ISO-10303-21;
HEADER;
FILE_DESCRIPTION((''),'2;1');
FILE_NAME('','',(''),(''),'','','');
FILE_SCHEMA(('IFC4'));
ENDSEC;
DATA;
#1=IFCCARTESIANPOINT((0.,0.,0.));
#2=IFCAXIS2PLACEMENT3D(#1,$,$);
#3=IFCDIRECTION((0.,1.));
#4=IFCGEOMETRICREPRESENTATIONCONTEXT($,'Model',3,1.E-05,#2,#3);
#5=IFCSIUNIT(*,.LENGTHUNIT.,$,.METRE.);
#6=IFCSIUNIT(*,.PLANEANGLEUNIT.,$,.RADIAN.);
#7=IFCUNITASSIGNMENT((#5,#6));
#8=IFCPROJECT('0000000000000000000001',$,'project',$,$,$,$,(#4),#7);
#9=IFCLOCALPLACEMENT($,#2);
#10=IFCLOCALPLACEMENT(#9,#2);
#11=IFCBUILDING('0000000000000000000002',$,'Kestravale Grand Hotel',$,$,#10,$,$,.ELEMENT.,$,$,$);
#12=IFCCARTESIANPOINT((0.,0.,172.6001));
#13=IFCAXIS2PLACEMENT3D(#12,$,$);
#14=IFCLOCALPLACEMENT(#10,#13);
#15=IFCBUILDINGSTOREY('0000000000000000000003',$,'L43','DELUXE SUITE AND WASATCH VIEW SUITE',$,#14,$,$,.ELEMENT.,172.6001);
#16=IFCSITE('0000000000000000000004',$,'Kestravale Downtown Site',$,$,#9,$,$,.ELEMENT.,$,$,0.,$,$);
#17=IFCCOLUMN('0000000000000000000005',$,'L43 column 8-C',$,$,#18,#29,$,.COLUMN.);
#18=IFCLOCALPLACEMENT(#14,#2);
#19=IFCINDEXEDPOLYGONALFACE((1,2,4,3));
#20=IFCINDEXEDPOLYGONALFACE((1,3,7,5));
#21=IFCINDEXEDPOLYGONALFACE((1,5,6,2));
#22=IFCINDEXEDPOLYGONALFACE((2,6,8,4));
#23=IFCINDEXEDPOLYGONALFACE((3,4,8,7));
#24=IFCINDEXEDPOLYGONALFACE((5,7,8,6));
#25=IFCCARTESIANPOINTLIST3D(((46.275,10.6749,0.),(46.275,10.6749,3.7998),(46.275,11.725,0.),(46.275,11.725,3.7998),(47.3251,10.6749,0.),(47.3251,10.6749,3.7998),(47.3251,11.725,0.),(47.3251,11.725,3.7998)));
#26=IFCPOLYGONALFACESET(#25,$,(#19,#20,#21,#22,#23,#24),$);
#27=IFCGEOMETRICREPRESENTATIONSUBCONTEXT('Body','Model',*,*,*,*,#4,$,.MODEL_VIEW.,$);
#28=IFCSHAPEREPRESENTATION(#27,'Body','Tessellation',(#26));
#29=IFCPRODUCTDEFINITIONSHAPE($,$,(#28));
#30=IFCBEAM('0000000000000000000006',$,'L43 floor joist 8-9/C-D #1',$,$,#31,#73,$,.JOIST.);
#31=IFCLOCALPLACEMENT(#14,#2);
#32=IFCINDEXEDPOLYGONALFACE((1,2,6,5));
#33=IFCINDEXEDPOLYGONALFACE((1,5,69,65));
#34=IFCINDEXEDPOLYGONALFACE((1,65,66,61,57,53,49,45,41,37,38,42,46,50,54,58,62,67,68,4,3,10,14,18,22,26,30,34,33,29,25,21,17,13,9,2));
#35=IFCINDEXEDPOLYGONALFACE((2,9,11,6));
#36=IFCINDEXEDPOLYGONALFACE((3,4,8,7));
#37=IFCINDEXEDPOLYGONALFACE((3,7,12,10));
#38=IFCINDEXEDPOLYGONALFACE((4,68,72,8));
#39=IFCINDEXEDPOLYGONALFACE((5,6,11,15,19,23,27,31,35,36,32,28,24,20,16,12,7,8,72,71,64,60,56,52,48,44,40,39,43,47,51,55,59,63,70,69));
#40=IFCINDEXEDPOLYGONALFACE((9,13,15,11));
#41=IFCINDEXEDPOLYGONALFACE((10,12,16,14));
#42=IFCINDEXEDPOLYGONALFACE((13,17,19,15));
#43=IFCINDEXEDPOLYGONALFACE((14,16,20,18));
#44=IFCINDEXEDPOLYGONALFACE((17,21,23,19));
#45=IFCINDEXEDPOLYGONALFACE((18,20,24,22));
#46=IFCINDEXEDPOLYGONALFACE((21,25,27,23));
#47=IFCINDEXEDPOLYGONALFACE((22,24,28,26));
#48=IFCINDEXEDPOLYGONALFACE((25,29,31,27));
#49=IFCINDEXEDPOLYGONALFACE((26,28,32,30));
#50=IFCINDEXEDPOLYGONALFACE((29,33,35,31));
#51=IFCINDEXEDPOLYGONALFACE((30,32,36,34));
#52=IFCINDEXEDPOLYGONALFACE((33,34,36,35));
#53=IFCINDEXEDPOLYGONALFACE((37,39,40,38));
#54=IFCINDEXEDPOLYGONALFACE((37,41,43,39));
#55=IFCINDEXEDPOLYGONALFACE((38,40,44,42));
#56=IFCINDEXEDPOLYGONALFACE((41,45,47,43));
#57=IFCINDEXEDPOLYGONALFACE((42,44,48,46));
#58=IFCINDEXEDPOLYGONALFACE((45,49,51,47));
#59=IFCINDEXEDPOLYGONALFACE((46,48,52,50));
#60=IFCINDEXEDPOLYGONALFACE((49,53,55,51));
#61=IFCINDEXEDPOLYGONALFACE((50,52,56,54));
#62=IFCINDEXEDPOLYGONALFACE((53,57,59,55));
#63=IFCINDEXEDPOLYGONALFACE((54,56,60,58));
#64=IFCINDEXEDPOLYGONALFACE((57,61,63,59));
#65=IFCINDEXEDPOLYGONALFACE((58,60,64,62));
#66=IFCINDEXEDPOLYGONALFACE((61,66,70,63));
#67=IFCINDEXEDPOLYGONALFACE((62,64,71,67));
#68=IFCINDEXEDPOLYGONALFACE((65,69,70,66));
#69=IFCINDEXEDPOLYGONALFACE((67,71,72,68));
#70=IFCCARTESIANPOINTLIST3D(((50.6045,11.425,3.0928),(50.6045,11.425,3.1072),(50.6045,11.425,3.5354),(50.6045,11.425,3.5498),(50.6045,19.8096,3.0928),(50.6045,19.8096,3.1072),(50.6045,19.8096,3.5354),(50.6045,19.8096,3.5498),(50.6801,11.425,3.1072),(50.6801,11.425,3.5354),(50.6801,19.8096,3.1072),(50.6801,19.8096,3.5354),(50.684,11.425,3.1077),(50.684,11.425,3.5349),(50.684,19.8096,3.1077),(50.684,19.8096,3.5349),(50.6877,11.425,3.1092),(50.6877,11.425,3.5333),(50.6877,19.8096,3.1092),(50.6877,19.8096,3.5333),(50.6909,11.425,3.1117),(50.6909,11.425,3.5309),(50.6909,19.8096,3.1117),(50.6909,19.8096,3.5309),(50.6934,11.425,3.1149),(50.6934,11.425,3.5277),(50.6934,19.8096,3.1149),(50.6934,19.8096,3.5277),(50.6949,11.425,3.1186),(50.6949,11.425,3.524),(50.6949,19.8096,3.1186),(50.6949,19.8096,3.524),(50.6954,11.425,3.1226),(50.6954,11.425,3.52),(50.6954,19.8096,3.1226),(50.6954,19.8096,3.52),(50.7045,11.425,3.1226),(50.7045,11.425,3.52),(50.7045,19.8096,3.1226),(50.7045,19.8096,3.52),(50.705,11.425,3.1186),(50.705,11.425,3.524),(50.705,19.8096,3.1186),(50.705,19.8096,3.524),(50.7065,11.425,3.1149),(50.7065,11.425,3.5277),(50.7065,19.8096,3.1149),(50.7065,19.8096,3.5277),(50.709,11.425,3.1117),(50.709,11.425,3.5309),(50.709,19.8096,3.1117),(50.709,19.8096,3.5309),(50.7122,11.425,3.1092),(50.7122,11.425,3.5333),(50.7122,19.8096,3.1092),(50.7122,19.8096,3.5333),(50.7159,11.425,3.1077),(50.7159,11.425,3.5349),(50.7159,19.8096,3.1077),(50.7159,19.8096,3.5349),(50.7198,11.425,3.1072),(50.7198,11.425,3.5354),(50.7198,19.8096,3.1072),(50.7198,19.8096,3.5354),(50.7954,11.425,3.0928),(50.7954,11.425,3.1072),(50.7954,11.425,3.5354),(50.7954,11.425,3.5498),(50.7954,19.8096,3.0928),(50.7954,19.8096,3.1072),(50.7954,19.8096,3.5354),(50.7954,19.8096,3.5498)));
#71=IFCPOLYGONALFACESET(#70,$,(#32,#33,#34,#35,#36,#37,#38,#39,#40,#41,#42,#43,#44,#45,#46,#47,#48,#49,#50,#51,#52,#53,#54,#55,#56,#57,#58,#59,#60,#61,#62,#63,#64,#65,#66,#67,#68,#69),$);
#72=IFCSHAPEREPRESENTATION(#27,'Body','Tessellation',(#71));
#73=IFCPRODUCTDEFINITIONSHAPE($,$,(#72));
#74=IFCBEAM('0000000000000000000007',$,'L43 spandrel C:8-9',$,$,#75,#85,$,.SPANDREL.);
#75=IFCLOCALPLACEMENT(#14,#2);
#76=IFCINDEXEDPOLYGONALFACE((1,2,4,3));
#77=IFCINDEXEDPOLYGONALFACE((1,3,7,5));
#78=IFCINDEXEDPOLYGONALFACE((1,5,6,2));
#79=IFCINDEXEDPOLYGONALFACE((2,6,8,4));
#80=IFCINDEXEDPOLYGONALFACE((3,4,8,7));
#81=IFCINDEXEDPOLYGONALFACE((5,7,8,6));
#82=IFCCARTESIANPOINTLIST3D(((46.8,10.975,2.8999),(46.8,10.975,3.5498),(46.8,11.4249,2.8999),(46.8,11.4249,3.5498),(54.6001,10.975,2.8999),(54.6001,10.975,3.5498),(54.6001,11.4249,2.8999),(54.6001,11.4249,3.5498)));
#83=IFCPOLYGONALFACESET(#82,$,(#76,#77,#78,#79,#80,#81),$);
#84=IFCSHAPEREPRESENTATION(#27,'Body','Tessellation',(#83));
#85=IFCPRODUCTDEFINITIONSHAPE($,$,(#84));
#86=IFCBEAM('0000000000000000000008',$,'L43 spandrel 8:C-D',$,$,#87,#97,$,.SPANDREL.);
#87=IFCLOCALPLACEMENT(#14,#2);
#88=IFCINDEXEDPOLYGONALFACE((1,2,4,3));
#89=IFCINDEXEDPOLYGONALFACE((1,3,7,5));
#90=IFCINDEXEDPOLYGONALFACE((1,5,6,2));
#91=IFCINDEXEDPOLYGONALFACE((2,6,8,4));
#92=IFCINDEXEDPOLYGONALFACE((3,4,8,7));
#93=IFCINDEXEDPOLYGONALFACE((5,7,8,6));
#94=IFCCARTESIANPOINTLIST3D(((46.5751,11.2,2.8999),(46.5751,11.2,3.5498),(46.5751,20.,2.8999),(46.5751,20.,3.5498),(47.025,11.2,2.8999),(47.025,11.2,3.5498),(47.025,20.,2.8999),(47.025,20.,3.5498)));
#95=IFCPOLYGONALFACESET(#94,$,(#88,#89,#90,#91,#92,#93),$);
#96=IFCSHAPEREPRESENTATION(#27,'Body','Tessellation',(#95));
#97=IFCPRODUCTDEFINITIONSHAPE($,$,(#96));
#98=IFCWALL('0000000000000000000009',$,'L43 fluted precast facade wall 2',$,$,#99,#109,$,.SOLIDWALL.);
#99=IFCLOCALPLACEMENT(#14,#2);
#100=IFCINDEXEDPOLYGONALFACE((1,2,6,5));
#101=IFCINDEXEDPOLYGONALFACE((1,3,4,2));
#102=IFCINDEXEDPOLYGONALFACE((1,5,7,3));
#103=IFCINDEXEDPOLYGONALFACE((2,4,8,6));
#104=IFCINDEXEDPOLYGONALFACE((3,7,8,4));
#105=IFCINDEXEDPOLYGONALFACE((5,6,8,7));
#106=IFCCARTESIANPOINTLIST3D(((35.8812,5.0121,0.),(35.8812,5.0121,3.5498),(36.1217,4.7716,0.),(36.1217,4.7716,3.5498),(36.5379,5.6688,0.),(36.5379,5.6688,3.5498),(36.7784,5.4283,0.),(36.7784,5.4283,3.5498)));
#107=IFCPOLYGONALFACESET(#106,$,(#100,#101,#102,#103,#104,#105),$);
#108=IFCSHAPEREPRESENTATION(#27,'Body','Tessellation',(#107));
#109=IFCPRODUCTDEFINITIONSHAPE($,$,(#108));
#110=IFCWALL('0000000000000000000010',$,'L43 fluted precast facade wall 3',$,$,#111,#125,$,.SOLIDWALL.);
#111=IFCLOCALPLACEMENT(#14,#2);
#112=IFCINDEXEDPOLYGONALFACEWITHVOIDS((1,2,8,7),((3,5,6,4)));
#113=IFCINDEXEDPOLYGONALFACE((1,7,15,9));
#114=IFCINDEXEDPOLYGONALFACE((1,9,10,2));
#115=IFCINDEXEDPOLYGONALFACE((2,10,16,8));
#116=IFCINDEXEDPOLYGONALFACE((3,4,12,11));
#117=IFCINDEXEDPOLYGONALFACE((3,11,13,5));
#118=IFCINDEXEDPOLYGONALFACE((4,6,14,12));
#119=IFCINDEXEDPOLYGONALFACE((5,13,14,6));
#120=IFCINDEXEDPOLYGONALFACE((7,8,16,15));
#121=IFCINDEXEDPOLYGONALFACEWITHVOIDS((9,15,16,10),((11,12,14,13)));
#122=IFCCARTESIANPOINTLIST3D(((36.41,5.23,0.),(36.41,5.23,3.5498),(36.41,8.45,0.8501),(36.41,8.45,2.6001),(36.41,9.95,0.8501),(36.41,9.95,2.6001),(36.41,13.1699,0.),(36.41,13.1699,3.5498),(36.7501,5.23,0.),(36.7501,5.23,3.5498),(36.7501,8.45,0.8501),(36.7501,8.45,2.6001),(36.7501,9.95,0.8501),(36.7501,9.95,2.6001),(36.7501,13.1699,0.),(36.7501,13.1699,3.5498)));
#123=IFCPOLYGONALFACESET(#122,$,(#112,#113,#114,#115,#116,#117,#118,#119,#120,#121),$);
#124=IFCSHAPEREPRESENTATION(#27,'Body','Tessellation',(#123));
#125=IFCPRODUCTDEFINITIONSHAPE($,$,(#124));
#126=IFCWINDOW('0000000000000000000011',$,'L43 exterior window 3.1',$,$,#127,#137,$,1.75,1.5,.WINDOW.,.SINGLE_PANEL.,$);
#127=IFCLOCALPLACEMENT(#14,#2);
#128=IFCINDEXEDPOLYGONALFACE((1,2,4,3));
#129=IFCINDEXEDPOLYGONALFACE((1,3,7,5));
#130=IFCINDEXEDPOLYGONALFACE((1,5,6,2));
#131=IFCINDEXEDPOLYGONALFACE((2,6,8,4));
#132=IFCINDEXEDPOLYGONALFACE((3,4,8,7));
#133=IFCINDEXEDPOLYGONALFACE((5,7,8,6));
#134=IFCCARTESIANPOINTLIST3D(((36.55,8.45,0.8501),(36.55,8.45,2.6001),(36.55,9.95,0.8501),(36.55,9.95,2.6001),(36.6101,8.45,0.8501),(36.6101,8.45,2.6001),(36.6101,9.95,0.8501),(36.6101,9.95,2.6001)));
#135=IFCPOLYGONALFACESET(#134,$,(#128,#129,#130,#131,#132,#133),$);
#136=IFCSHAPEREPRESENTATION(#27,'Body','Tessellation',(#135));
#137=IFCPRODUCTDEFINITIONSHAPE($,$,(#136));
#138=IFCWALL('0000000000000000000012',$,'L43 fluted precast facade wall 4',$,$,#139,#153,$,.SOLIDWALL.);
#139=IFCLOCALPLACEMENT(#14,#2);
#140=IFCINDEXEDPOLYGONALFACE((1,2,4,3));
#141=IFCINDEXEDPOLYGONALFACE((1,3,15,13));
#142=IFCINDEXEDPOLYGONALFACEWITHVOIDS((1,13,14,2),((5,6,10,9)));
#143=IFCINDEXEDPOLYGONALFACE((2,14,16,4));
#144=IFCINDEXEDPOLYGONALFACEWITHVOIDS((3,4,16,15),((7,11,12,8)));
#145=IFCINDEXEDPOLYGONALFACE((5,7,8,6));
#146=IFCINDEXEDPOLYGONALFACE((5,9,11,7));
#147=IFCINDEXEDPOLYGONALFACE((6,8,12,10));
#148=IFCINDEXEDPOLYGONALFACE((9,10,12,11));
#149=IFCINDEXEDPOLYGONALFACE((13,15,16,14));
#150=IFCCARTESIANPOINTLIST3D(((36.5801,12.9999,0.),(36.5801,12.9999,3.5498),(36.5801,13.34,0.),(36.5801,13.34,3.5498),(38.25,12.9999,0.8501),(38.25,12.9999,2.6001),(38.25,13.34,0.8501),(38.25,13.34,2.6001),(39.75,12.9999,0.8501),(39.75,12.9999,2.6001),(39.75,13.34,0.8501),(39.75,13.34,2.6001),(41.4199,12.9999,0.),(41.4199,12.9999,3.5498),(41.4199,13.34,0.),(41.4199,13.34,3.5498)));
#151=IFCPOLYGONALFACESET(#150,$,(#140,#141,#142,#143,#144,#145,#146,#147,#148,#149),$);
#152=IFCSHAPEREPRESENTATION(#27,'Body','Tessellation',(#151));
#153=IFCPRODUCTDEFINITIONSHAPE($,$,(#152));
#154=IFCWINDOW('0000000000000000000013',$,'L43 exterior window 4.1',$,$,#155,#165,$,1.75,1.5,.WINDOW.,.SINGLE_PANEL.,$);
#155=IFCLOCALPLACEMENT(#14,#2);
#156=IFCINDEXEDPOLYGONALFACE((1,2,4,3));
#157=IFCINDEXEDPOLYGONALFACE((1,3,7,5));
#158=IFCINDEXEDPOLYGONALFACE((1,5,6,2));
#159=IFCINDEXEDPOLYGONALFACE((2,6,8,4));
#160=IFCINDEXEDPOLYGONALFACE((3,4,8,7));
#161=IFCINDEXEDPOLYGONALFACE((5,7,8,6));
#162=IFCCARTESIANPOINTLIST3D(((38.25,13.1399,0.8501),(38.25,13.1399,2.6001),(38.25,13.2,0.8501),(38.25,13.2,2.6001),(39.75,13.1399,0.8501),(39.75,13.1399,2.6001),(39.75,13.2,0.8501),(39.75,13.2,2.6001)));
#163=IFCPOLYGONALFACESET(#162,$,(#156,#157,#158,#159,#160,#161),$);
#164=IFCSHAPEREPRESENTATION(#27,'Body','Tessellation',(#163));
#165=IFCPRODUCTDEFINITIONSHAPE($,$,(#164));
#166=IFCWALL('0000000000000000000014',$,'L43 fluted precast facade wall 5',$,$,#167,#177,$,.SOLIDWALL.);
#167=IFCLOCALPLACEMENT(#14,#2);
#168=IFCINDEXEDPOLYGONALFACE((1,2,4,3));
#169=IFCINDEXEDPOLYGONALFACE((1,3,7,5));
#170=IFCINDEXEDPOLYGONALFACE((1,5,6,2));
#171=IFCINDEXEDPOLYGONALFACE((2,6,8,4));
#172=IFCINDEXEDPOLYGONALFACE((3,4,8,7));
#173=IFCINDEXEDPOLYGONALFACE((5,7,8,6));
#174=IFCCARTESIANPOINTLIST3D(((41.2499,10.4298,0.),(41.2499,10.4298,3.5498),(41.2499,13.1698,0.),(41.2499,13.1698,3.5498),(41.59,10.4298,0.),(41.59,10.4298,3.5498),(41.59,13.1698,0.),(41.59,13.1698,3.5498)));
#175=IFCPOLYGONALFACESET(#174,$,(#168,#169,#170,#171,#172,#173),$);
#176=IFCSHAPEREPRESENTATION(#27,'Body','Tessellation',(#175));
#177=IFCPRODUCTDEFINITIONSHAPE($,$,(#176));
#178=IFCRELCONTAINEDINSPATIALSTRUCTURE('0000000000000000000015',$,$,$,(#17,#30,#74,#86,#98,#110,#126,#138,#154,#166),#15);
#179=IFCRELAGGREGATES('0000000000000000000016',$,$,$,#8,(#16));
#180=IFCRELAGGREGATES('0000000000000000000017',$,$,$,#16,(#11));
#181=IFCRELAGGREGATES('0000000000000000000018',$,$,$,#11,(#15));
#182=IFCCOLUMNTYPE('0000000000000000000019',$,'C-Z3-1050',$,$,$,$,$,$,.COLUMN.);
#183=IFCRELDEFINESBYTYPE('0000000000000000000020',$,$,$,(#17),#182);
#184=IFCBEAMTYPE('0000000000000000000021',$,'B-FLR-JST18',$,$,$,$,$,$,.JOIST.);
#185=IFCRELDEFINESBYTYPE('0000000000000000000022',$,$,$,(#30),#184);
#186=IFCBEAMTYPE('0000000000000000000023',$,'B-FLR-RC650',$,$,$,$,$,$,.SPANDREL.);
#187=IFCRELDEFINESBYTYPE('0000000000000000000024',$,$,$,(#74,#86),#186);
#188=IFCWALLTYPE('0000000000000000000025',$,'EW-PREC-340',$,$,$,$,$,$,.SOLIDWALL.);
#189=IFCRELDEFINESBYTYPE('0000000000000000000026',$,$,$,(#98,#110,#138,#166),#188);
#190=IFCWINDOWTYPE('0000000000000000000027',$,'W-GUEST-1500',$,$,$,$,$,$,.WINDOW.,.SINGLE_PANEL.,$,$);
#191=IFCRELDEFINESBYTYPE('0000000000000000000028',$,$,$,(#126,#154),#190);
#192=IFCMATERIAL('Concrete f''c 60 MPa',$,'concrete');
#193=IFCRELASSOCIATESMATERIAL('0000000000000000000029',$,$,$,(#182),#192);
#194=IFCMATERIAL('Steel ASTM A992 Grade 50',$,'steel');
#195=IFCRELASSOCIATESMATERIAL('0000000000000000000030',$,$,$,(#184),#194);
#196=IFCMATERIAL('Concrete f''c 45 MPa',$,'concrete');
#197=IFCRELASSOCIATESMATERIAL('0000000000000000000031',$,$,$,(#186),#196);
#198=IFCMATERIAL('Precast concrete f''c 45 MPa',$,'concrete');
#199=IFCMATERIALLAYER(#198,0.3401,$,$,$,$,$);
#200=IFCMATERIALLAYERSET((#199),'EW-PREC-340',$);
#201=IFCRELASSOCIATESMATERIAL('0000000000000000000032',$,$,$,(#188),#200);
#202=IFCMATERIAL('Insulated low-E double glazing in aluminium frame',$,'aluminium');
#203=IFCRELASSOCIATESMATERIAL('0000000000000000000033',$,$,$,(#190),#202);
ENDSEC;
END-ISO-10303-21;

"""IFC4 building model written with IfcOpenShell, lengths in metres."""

from ifc_helpers import new_model, si_unit, direction, frame, frame_2d, origin, origin_2d, place, context, subcontext, project, spatial, rectangle, i_section, extrude, material, layer, layer_set, material_profile, profile_set, type_object, element, fill, save


model = new_model("IFC4")

# Units and contexts
model_context = context("Model", 3, precision=1e-05, world=origin(), true_north=direction((0.0, 1.0)))
body_context = subcontext(model_context, "Body", "Model", "MODEL_VIEW")
ifc_project = project(units=[si_unit("LENGTHUNIT", "METRE"), si_unit("PLANEANGLEUNIT", "RADIAN")], contexts=[model_context])

# Site, building, storey
site_placement = place(None, origin())
site = spatial("IfcSite", under=ifc_project, at=site_placement, Name="Kestravale Downtown Site", CompositionType="ELEMENT", RefElevation=0.0)
building_placement = place(site_placement, origin())
building = spatial("IfcBuilding", under=site, at=building_placement, Name="Kestravale Grand Hotel", CompositionType="ELEMENT")
storey_placement = place(building_placement, frame((0.0, 0.0, 172.6001)))
storey = spatial("IfcBuildingStorey", under=building, at=storey_placement, Name="L43", Description="DELUXE SUITE AND WASATCH VIEW SUITE", CompositionType="ELEMENT", Elevation=172.6001)

# Column
ifc_material_1 = material(Name="Concrete f'c 60 MPa", Category="concrete")
ifc_material_profile_1 = material_profile(ifc_material_1, rectangle(XDim=1.05, YDim=1.05, at=origin_2d()))
ifc_profile_set_1 = profile_set([ifc_material_profile_1], Name="Concrete f'c 60 MPa")
column_type = type_object("IfcColumnType", Name="C-Z3-1050", PredefinedType="COLUMN", material=ifc_profile_set_1)
column_placement = place(storey_placement, frame((46.8, 11.2, 0.0), z_axis=(0.0, 0.0, 1.0), x_axis=(1.0, 0.0, 0.0)))
element("IfcColumn", 1, at=column_placement, inside=storey, type_object=column_type, Name="L43 column 8-C", PredefinedType="COLUMN", context=body_context, shape_type="SweptSolid", body=[
    extrude(rectangle(XDim=1.05, YDim=1.05, at=origin_2d()), origin(), (0.0, 0.0, 1.0), 3.7998),
])

# Beams
ifc_material_2 = material(Name="Steel ASTM A992 Grade 50", Category="steel")
ifc_material_profile_2 = material_profile(ifc_material_2, i_section(OverallWidth=0.1909, OverallDepth=0.457, WebThickness=0.009, FlangeThickness=0.0144, FilletRadius=0.0154, at=origin_2d()))
ifc_profile_set_2 = profile_set([ifc_material_profile_2], Name="Steel ASTM A992 Grade 50")
beam_type_1 = type_object("IfcBeamType", Name="B-FLR-JST18", PredefinedType="JOIST", material=ifc_profile_set_2)
beam_1_placement = place(storey_placement, frame((50.7, 11.425, 3.3213), z_axis=(0.0, 1.0, 0.0), x_axis=(-1.0, 0.0, 0.0)))
element("IfcBeam", 2, at=beam_1_placement, inside=storey, type_object=beam_type_1, Name="L43 floor joist 8-9/C-D #1", PredefinedType="JOIST", context=body_context, shape_type="SweptSolid", body=[
    extrude(i_section(OverallWidth=0.1909, OverallDepth=0.457, WebThickness=0.009, FlangeThickness=0.0144, FilletRadius=0.0154, at=origin_2d()), origin(), (0.0, 0.0, 1.0), 8.3845),
])
ifc_material_3 = material(Name="Concrete f'c 45 MPa", Category="concrete")
ifc_material_profile_3 = material_profile(ifc_material_3, rectangle(XDim=0.45, YDim=0.6499, at=origin_2d()))
ifc_profile_set_3 = profile_set([ifc_material_profile_3], Name="Concrete f'c 45 MPa")
beam_type_2 = type_object("IfcBeamType", Name="B-FLR-RC650", PredefinedType="SPANDREL", material=ifc_profile_set_3)
beam_2_placement = place(storey_placement, frame((46.8, 11.2, 3.2249), z_axis=(1.0, 0.0, 0.0), x_axis=(0.0, 1.0, 0.0)))
element("IfcBeam", 3, at=beam_2_placement, inside=storey, type_object=beam_type_2, Name="L43 spandrel C:8-9", PredefinedType="SPANDREL", context=body_context, shape_type="SweptSolid", body=[
    extrude(rectangle(XDim=0.45, YDim=0.6499, at=origin_2d()), origin(), (0.0, 0.0, 1.0), 7.8),
])
beam_3_placement = place(storey_placement, frame((46.8, 11.2, 3.2249), z_axis=(0.0, 1.0, 0.0), x_axis=(-1.0, 0.0, 0.0)))
element("IfcBeam", 4, at=beam_3_placement, inside=storey, type_object=beam_type_2, Name="L43 spandrel 8:C-D", PredefinedType="SPANDREL", context=body_context, shape_type="SweptSolid", body=[
    extrude(rectangle(XDim=0.45, YDim=0.6499, at=origin_2d()), origin(), (0.0, 0.0, 1.0), 8.8),
])

# Wall
ifc_material_4 = material(Name="Precast concrete f'c 45 MPa", Category="concrete")
ifc_layer_1 = layer(ifc_material_4, 0.3401)
ifc_layer_set_1 = layer_set([ifc_layer_1], Name="EW-PREC-340")
wall_type_1 = type_object("IfcWallType", Name="EW-PREC-340", PredefinedType="SOLIDWALL", material=ifc_layer_set_1)
wall_1_placement = place(storey_placement, frame((36.0015, 4.8918, 0.0), z_axis=(0.0, 0.0, 1.0), x_axis=(0.707107, 0.707107, 0.0)))
element("IfcWall", 5, at=wall_1_placement, inside=storey, type_object=wall_type_1, Name="L43 fluted precast facade wall 2", PredefinedType="SOLIDWALL", context=body_context, shape_type="SweptSolid", body=[
    extrude(rectangle(XDim=0.9287, YDim=0.3401, at=frame_2d((0.4644, 0.0))), origin(), (0.0, 0.0, 1.0), 3.5498),
])

# Walls, openings, windows
wall_2_placement = place(storey_placement, frame((36.5801, 5.23, 0.0), z_axis=(0.0, 0.0, 1.0), x_axis=(0.0, 1.0, 0.0)))
wall_2 = element("IfcWall", 6, at=wall_2_placement, inside=storey, type_object=wall_type_1, Name="L43 fluted precast facade wall 3", PredefinedType="SOLIDWALL", context=body_context, shape_type="SweptSolid", body=[
    extrude(rectangle(XDim=7.9399, YDim=0.3401, at=frame_2d((3.97, 0.0))), origin(), (0.0, 0.0, 1.0), 3.5498),
])
opening_1_placement = place(wall_2_placement, frame((3.22, 0.0, 0.8501)))
opening_1 = element("IfcOpeningElement", 7, at=opening_1_placement, cuts=wall_2, PredefinedType="OPENING", context=body_context, shape_type="SweptSolid", body=[
    extrude(rectangle(XDim=1.5, YDim=1.75, at=frame_2d((0.75, 0.875))), frame((0.0, 0.1799, 0.0), z_axis=(0.0, -1.0, 0.0), x_axis=(1.0, 0.0, 0.0)), (0.0, 0.0, 1.0), 0.3601),
])
ifc_material_5 = material(Name="Insulated low-E double glazing in aluminium frame", Category="aluminium")
window_type_1 = type_object("IfcWindowType", Name="W-GUEST-1500", PartitioningType="SINGLE_PANEL", PredefinedType="WINDOW", material=ifc_material_5)
window_1_placement = place(opening_1_placement, origin())
window_1 = element("IfcWindow", 8, at=window_1_placement, inside=storey, type_object=window_type_1, Name="L43 exterior window 3.1", OverallHeight=1.75, OverallWidth=1.5, PartitioningType="SINGLE_PANEL", PredefinedType="WINDOW", context=body_context, shape_type="SweptSolid", body=[
    extrude(rectangle(XDim=1.5, YDim=1.75, at=frame_2d((0.75, 0.875))), frame((0.0, 0.03, 0.0), z_axis=(0.0, -1.0, 0.0), x_axis=(1.0, 0.0, 0.0)), (0.0, 0.0, 1.0), 0.0601),
])
fill(opening_1, window_1)
wall_3_placement = place(storey_placement, frame((36.5801, 13.1699, 0.0), z_axis=(0.0, 0.0, 1.0), x_axis=(1.0, 0.0, 0.0)))
wall_3 = element("IfcWall", 9, at=wall_3_placement, inside=storey, type_object=wall_type_1, Name="L43 fluted precast facade wall 4", PredefinedType="SOLIDWALL", context=body_context, shape_type="SweptSolid", body=[
    extrude(rectangle(XDim=4.8398, YDim=0.3401, at=frame_2d((2.4199, 0.0))), origin(), (0.0, 0.0, 1.0), 3.5498),
])
opening_2_placement = place(wall_3_placement, frame((1.6699, 0.0, 0.8501)))
opening_2 = element("IfcOpeningElement", 10, at=opening_2_placement, cuts=wall_3, PredefinedType="OPENING", context=body_context, shape_type="SweptSolid", body=[
    extrude(rectangle(XDim=1.5, YDim=1.75, at=frame_2d((0.75, 0.875))), frame((0.0, 0.1799, 0.0), z_axis=(0.0, -1.0, 0.0), x_axis=(1.0, 0.0, 0.0)), (0.0, 0.0, 1.0), 0.3601),
])
window_2_placement = place(opening_2_placement, origin())
window_2 = element("IfcWindow", 11, at=window_2_placement, inside=storey, type_object=window_type_1, Name="L43 exterior window 4.1", OverallHeight=1.75, OverallWidth=1.5, PartitioningType="SINGLE_PANEL", PredefinedType="WINDOW", context=body_context, shape_type="SweptSolid", body=[
    extrude(rectangle(XDim=1.5, YDim=1.75, at=frame_2d((0.75, 0.875))), frame((0.0, 0.03, 0.0), z_axis=(0.0, -1.0, 0.0), x_axis=(1.0, 0.0, 0.0)), (0.0, 0.0, 1.0), 0.0601),
])
fill(opening_2, window_2)

# Wall
wall_4_placement = place(storey_placement, frame((41.4199, 13.1699, 0.0), z_axis=(0.0, 0.0, 1.0), x_axis=(0.0, -1.0, 0.0)))
element("IfcWall", 12, at=wall_4_placement, inside=storey, type_object=wall_type_1, Name="L43 fluted precast facade wall 5", PredefinedType="SOLIDWALL", context=body_context, shape_type="SweptSolid", body=[
    extrude(rectangle(XDim=2.74, YDim=0.3401, at=frame_2d((1.3701, 0.0))), origin(), (0.0, 0.0, 1.0), 3.5498),
])

save(model, "model.ifc")
